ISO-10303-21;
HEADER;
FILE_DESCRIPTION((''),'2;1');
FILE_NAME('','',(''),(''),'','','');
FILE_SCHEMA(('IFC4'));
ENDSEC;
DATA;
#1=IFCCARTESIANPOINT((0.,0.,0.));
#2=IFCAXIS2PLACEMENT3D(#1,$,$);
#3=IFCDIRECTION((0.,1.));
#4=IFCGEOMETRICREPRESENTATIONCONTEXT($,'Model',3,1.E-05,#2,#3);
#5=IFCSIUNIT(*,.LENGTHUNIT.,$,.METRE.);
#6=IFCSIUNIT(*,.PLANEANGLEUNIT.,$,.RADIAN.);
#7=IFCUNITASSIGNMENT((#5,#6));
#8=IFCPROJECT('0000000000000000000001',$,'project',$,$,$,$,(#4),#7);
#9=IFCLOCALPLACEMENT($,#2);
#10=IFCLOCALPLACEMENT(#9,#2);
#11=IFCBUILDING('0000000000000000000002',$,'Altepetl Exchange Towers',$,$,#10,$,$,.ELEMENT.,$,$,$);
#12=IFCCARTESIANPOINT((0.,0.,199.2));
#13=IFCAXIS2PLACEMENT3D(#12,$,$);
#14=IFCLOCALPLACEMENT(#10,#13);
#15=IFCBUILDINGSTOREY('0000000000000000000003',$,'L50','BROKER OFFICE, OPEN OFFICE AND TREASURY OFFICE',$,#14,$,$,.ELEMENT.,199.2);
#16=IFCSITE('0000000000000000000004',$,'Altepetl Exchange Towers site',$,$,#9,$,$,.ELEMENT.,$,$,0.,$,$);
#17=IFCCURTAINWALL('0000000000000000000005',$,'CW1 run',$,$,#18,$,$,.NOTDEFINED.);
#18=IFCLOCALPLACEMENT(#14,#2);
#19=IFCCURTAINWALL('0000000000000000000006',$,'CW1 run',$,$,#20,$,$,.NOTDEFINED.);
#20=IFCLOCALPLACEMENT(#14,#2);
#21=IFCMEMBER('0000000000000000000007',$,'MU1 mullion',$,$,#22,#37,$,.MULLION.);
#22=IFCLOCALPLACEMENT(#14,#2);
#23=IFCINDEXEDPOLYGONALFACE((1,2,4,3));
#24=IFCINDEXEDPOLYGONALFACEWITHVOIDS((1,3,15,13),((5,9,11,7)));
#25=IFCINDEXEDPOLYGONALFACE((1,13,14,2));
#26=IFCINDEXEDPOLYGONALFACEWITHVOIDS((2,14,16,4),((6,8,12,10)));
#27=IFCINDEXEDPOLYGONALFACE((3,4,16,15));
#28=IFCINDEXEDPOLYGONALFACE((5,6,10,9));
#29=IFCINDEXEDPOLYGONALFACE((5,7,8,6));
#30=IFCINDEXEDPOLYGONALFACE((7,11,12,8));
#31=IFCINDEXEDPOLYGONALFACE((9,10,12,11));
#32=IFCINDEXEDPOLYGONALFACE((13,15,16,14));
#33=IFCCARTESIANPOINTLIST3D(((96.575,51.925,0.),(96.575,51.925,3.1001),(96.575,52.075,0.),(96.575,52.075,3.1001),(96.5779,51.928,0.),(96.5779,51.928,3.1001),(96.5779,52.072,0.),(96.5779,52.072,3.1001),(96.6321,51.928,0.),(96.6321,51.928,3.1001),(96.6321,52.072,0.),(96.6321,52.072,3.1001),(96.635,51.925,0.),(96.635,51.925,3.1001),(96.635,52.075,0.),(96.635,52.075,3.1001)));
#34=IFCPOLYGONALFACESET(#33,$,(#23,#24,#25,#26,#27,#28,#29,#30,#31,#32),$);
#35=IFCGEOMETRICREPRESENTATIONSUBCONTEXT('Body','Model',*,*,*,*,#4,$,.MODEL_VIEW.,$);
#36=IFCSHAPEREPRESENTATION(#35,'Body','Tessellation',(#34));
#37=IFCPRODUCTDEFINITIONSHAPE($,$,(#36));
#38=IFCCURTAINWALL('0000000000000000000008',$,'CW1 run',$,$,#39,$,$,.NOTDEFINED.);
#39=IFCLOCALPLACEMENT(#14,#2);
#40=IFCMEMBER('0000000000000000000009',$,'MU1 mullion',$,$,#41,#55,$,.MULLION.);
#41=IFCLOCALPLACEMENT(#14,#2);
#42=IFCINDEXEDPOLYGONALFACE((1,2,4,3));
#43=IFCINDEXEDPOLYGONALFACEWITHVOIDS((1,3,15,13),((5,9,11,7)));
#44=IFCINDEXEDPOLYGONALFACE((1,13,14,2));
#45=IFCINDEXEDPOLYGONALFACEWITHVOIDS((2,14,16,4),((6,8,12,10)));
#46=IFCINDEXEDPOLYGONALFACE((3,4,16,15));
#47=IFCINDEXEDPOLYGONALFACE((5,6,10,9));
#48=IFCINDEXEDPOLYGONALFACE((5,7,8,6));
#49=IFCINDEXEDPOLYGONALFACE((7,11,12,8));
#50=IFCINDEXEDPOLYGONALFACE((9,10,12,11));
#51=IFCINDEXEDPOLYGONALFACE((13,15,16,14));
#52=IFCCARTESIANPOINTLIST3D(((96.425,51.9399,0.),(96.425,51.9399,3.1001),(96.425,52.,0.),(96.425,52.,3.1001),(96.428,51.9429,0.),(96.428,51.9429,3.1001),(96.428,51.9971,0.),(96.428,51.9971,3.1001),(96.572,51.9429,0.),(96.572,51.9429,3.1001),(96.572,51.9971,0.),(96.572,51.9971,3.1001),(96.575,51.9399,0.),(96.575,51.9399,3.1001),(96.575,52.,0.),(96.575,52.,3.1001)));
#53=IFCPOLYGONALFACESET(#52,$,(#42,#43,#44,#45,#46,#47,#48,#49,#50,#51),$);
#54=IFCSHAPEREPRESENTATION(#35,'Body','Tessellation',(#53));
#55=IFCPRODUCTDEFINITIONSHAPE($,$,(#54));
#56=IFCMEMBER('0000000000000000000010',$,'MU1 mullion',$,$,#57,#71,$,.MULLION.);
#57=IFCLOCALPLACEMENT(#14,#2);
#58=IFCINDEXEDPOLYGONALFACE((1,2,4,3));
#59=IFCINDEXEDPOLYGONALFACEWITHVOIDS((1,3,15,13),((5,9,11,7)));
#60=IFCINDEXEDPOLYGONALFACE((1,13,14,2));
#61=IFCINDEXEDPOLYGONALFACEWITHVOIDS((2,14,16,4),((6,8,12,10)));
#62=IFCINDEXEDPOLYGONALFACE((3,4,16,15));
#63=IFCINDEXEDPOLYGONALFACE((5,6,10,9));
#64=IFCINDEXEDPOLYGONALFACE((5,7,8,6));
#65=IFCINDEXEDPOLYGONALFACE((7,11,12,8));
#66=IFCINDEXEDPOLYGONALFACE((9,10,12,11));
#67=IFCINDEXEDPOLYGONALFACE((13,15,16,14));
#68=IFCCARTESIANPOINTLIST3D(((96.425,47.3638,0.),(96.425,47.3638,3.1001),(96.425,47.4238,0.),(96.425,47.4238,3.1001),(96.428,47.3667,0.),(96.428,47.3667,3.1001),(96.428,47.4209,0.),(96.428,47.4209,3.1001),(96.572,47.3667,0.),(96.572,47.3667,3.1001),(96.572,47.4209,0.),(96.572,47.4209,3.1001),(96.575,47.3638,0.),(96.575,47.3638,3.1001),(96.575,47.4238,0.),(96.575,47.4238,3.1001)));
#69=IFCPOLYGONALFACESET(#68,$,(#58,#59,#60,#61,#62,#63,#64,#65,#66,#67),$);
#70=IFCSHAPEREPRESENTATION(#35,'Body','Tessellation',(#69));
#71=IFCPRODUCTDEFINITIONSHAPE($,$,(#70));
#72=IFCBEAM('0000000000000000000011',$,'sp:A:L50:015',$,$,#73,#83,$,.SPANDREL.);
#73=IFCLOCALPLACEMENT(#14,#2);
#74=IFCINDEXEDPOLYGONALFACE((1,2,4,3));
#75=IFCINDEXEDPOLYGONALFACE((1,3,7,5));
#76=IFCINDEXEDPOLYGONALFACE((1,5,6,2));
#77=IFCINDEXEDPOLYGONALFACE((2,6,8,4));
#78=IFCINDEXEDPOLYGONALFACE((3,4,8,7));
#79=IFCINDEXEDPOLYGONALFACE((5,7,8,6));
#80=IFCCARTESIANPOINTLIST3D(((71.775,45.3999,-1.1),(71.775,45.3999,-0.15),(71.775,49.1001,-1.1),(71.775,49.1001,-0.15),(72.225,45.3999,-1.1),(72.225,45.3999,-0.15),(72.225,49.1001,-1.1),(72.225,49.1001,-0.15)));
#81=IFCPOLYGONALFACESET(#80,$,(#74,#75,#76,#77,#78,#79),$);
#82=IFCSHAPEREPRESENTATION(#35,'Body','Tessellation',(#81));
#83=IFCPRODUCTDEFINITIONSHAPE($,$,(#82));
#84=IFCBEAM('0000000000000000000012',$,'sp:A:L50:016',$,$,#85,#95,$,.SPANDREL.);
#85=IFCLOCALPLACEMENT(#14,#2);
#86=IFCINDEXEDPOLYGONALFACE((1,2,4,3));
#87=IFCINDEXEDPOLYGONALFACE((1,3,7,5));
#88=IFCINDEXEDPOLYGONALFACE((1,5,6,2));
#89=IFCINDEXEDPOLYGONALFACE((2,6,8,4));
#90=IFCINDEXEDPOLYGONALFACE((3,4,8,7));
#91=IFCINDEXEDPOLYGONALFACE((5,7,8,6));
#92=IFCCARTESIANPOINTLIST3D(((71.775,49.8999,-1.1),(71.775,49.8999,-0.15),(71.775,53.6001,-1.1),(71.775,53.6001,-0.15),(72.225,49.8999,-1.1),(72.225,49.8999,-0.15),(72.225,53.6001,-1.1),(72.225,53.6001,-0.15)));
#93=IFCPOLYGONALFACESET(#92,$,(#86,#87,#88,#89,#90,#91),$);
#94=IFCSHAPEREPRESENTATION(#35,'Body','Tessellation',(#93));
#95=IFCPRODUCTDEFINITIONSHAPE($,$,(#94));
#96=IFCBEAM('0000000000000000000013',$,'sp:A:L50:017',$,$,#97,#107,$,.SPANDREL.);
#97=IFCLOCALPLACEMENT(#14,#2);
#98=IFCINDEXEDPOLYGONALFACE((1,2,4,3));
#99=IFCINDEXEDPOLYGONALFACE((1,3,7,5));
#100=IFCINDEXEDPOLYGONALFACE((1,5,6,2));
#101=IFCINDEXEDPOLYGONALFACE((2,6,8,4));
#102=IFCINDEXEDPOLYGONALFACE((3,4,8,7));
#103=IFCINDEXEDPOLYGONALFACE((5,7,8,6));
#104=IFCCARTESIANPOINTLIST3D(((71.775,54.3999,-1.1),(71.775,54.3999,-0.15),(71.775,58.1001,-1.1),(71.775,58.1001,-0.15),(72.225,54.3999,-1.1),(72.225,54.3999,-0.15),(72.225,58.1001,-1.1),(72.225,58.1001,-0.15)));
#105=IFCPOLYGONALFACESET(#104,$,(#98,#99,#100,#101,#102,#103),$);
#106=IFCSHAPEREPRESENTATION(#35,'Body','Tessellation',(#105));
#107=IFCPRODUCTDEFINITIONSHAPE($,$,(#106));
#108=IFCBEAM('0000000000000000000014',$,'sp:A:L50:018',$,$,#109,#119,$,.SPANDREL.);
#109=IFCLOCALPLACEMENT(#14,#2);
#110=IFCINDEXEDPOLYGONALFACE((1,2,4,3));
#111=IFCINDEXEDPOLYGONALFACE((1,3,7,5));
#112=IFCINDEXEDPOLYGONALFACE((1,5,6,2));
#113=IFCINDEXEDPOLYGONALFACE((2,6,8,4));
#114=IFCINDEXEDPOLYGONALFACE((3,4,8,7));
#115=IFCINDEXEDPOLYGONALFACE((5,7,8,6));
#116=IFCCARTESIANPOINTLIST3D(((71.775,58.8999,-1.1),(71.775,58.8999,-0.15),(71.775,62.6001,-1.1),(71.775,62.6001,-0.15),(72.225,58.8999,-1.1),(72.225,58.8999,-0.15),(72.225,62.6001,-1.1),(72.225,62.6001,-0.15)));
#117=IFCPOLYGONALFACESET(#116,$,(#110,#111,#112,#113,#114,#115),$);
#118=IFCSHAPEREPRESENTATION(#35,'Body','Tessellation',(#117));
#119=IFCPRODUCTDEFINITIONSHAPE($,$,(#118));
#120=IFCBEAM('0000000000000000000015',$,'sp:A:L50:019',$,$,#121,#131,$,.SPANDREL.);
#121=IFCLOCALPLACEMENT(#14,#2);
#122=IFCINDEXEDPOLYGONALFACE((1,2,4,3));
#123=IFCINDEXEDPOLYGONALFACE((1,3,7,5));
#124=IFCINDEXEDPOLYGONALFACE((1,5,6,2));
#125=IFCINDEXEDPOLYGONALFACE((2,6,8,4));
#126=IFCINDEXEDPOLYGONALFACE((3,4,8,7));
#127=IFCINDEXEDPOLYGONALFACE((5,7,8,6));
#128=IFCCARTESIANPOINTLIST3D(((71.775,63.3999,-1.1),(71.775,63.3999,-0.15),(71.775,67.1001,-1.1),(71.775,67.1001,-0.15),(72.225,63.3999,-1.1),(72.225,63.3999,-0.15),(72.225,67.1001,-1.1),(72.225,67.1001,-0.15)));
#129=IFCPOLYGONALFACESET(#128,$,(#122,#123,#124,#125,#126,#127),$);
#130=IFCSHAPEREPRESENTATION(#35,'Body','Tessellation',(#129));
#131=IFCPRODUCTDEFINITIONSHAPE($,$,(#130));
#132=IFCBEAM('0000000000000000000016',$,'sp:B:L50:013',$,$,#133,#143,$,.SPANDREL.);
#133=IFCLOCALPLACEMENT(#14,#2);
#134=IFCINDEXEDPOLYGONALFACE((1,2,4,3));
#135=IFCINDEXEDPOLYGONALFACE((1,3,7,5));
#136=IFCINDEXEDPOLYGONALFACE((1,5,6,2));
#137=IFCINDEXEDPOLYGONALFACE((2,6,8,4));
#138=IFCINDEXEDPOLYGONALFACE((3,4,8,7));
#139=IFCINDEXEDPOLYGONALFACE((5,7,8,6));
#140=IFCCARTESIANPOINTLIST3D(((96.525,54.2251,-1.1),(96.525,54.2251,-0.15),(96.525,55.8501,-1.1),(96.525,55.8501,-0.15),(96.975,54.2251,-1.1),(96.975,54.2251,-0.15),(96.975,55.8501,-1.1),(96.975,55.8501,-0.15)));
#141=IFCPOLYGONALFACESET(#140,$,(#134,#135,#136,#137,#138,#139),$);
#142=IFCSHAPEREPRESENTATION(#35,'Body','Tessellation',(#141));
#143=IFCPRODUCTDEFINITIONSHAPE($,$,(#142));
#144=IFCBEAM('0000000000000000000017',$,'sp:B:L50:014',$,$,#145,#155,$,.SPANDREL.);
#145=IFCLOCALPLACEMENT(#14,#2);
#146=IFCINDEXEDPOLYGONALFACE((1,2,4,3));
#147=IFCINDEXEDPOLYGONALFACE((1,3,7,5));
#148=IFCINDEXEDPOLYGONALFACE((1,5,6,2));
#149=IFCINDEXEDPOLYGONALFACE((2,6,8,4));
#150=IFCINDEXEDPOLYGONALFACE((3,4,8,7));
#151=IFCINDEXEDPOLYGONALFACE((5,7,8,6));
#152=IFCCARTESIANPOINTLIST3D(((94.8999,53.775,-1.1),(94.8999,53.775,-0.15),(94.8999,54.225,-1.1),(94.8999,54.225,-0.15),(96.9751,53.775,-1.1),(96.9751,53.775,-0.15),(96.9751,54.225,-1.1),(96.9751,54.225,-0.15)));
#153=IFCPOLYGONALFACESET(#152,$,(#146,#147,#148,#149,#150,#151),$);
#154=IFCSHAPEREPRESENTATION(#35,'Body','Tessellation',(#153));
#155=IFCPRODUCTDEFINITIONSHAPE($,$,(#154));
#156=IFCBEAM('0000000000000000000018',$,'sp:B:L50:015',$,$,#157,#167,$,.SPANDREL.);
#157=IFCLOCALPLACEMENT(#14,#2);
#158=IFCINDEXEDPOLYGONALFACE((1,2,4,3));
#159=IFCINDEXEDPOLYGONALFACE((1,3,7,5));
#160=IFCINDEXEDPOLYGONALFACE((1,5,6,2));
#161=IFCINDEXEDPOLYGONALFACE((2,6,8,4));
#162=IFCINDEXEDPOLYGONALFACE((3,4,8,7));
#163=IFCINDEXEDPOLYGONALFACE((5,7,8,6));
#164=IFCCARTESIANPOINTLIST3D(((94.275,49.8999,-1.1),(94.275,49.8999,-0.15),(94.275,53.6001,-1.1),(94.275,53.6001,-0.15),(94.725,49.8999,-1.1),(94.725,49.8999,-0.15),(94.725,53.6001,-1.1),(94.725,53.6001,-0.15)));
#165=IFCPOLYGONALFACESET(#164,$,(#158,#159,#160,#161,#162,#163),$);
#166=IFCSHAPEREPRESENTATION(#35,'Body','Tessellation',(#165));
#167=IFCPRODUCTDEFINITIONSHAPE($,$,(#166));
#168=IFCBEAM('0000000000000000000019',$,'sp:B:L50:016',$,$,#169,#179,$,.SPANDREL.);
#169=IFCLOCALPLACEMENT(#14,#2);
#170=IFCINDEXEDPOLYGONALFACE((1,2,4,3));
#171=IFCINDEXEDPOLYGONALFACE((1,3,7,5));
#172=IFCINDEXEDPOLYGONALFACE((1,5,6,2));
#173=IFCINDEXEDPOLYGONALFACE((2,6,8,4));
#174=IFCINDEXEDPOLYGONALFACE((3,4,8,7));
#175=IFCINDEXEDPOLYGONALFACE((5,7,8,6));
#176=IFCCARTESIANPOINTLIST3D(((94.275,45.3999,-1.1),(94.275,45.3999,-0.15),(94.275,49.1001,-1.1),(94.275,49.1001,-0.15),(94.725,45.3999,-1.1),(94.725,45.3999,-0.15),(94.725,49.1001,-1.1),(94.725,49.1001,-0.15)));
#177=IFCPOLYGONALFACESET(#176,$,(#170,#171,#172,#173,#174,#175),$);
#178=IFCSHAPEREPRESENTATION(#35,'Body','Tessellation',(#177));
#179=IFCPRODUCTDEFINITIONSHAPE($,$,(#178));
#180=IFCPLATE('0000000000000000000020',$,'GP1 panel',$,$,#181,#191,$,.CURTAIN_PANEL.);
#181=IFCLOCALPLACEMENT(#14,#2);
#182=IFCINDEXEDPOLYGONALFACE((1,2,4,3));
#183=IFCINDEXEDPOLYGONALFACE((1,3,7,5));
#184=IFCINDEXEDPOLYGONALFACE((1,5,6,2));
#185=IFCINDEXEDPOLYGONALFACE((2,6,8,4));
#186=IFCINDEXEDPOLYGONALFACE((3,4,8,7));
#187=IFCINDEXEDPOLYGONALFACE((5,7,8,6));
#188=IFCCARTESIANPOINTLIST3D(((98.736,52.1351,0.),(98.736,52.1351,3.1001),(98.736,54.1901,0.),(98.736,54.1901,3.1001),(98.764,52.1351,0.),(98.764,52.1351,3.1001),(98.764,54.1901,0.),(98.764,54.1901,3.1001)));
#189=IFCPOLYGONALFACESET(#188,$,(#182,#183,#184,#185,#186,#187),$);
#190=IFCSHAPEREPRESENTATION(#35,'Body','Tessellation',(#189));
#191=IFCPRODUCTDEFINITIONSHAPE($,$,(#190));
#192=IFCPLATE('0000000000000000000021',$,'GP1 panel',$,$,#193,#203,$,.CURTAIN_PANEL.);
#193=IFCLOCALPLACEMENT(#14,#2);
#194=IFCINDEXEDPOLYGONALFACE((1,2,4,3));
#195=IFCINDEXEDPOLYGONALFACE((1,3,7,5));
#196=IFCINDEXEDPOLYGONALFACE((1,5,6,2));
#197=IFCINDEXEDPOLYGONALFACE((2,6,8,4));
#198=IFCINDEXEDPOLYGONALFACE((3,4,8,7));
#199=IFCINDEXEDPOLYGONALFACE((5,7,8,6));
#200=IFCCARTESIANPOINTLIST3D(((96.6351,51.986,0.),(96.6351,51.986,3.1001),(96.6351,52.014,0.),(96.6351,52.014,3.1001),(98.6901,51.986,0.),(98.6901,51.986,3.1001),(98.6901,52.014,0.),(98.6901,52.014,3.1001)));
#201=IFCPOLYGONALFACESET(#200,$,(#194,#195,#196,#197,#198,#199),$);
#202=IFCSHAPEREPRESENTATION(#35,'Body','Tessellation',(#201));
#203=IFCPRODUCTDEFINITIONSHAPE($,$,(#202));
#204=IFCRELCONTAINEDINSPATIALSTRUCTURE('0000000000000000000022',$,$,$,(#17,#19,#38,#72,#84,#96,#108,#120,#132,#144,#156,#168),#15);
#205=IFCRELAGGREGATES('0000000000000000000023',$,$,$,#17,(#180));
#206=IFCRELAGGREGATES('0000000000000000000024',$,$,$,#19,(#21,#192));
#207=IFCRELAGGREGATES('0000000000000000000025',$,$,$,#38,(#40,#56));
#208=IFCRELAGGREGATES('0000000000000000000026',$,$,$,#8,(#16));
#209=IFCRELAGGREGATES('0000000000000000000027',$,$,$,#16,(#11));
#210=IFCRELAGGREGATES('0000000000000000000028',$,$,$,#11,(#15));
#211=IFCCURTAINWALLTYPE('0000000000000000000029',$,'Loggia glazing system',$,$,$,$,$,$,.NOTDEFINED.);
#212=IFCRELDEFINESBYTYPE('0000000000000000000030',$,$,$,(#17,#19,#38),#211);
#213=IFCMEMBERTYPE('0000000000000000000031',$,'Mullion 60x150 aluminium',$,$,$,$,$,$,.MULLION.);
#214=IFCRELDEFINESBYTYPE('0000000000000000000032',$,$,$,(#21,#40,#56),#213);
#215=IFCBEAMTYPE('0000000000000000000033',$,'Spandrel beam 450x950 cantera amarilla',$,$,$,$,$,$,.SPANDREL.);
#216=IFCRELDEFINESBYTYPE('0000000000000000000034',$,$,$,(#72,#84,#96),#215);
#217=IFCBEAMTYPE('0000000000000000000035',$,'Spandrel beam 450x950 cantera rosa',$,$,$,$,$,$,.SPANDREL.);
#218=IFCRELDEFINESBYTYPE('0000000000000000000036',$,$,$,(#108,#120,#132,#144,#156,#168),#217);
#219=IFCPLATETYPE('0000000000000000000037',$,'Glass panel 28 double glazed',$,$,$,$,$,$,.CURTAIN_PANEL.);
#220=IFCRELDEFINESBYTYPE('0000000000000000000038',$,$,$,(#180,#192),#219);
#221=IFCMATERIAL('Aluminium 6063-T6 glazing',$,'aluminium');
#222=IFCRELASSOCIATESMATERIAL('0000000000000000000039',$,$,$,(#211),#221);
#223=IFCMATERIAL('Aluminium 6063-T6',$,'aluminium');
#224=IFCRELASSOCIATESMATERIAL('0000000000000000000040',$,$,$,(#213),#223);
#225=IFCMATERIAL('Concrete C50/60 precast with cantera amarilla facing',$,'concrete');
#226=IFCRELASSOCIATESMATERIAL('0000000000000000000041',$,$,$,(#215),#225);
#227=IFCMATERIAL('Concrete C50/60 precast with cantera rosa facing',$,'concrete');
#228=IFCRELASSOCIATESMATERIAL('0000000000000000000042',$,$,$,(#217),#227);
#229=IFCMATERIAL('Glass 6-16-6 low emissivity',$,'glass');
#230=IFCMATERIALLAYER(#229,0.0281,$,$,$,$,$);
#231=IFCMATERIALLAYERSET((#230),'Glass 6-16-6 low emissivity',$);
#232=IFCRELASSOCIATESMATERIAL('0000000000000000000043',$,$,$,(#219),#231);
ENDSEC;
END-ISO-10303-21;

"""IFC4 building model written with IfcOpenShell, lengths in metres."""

from ifc_helpers import new_model, si_unit, direction, frame, origin, origin_2d, place, context, subcontext, project, spatial, rectangle, hollow_rectangle, extrude, material, layer, layer_set, material_profile, profile_set, type_object, element, aggregate, save


model = new_model("IFC4")

# Units and contexts
model_context = context("Model", 3, precision=1e-05, world=origin(), true_north=direction((0.0, 1.0)))
body_context = subcontext(model_context, "Body", "Model", "MODEL_VIEW")
ifc_project = project(units=[si_unit("LENGTHUNIT", "METRE"), si_unit("PLANEANGLEUNIT", "RADIAN")], contexts=[model_context])

# Site, building, storey
site_placement = place(None, origin())
site = spatial("IfcSite", under=ifc_project, at=site_placement, Name="Altepetl Exchange Towers site", CompositionType="ELEMENT", RefElevation=0.0)
building_placement = place(site_placement, origin())
building = spatial("IfcBuilding", under=site, at=building_placement, Name="Altepetl Exchange Towers", CompositionType="ELEMENT")
storey_placement = place(building_placement, frame((0.0, 0.0, 199.2)))
storey = spatial("IfcBuildingStorey", under=building, at=storey_placement, Name="L50", Description="BROKER OFFICE, OPEN OFFICE AND TREASURY OFFICE", CompositionType="ELEMENT", Elevation=199.2)

# Curtain walls, members
ifc_material_1 = material(Name="Aluminium 6063-T6 glazing", Category="aluminium")
curtain_wall_type = type_object("IfcCurtainWallType", Name="Loggia glazing system", PredefinedType="NOTDEFINED", material=ifc_material_1)
curtain_wall_1_placement = place(storey_placement, origin())
curtain_wall_1 = element("IfcCurtainWall", 1, at=curtain_wall_1_placement, inside=storey, type_object=curtain_wall_type, Name="CW1 run", PredefinedType="NOTDEFINED")
ifc_material_2 = material(Name="Aluminium 6063-T6", Category="aluminium")
ifc_material_profile_1 = material_profile(ifc_material_2, hollow_rectangle(XDim=0.0601, YDim=0.1499, WallThickness=0.0029, at=origin_2d()), Name="Mullion 60x150 aluminium")
ifc_profile_set_1 = profile_set([ifc_material_profile_1], Name="Aluminium 6063-T6")
member_type = type_object("IfcMemberType", Name="Mullion 60x150 aluminium", PredefinedType="MULLION", material=ifc_profile_set_1)
curtain_wall_2_placement = place(storey_placement, origin())
curtain_wall_2 = element("IfcCurtainWall", 2, at=curtain_wall_2_placement, inside=storey, type_object=curtain_wall_type, Name="CW1 run", PredefinedType="NOTDEFINED")
member_1_placement = place(storey_placement, frame((96.605, 52.0, 0.0), z_axis=(0.0, 0.0, 1.0), x_axis=(-1.0, 0.0, 0.0)))
member_1 = element("IfcMember", 3, at=member_1_placement, type_object=member_type, Name="MU1 mullion", PredefinedType="MULLION", context=body_context, shape_type="SweptSolid", body=[
    extrude(hollow_rectangle(XDim=0.0601, YDim=0.1499, WallThickness=0.0029, at=origin_2d()), origin(), (0.0, 0.0, 1.0), 3.1001),
])
curtain_wall_3_placement = place(storey_placement, origin())
curtain_wall_3 = element("IfcCurtainWall", 4, at=curtain_wall_3_placement, inside=storey, type_object=curtain_wall_type, Name="CW1 run", PredefinedType="NOTDEFINED")
member_2_placement = place(storey_placement, frame((96.5, 51.97, 0.0), z_axis=(0.0, 0.0, 1.0), x_axis=(0.0, -1.0, 0.0)))
member_2 = element("IfcMember", 5, at=member_2_placement, type_object=member_type, Name="MU1 mullion", PredefinedType="MULLION", context=body_context, shape_type="SweptSolid", body=[
    extrude(hollow_rectangle(XDim=0.0601, YDim=0.1499, WallThickness=0.0029, at=origin_2d()), origin(), (0.0, 0.0, 1.0), 3.1001),
])
member_3_placement = place(storey_placement, frame((96.5, 47.3938, 0.0), z_axis=(0.0, 0.0, 1.0), x_axis=(0.0, -1.0, 0.0)))
member_3 = element("IfcMember", 6, at=member_3_placement, type_object=member_type, Name="MU1 mullion", PredefinedType="MULLION", context=body_context, shape_type="SweptSolid", body=[
    extrude(hollow_rectangle(XDim=0.0601, YDim=0.1499, WallThickness=0.0029, at=origin_2d()), origin(), (0.0, 0.0, 1.0), 3.1001),
])

# Beams
ifc_material_3 = material(Name="Concrete C50/60 precast with cantera amarilla facing", Category="concrete")
ifc_material_profile_2 = material_profile(ifc_material_3, rectangle(XDim=0.45, YDim=0.95, at=origin_2d()), Name="450 x 950")
ifc_profile_set_2 = profile_set([ifc_material_profile_2], Name="Concrete C50/60 precast with cantera amarilla facing")
beam_type_1 = type_object("IfcBeamType", Name="Spandrel beam 450x950 cantera amarilla", PredefinedType="SPANDREL", material=ifc_profile_set_2)
for number, where, z_axis, x_axis, name in (
    (7, (72.0, 45.3999, -0.625), (0.0, 1.0, 0.0), (-1.0, 0.0, 0.0), "sp:A:L50:015"),
    (8, (72.0, 49.8999, -0.625), (0.0, 1.0, 0.0), (-1.0, 0.0, 0.0), "sp:A:L50:016"),
    (9, (72.0, 54.3999, -0.625), (0.0, 1.0, 0.0), (-1.0, 0.0, 0.0), "sp:A:L50:017"),
):
    element("IfcBeam", number, at=place(storey_placement, frame(where, z_axis=z_axis, x_axis=x_axis)), inside=storey, type_object=beam_type_1, Name=name, PredefinedType="SPANDREL", context=body_context, shape_type="SweptSolid", body=[
        extrude(rectangle(XDim=0.45, YDim=0.95, at=origin_2d()), origin(), (0.0, 0.0, 1.0), 3.7002),
    ])
ifc_material_4 = material(Name="Concrete C50/60 precast with cantera rosa facing", Category="concrete")
ifc_material_profile_3 = material_profile(ifc_material_4, rectangle(XDim=0.45, YDim=0.95, at=origin_2d()), Name="450 x 950")
ifc_profile_set_3 = profile_set([ifc_material_profile_3], Name="Concrete C50/60 precast with cantera rosa facing")
beam_type_2 = type_object("IfcBeamType", Name="Spandrel beam 450x950 cantera rosa", PredefinedType="SPANDREL", material=ifc_profile_set_3)
for number, where, z_axis, x_axis, name in (
    (10, (72.0, 58.8999, -0.625), (0.0, 1.0, 0.0), (-1.0, 0.0, 0.0), "sp:A:L50:018"),
    (11, (72.0, 63.3999, -0.625), (0.0, 1.0, 0.0), (-1.0, 0.0, 0.0), "sp:A:L50:019"),
):
    element("IfcBeam", number, at=place(storey_placement, frame(where, z_axis=z_axis, x_axis=x_axis)), inside=storey, type_object=beam_type_2, Name=name, PredefinedType="SPANDREL", context=body_context, shape_type="SweptSolid", body=[
        extrude(rectangle(XDim=0.45, YDim=0.95, at=origin_2d()), origin(), (0.0, 0.0, 1.0), 3.7002),
    ])
beam_1_placement = place(storey_placement, frame((96.75, 55.8501, -0.625), z_axis=(0.0, -1.0, 0.0), x_axis=(1.0, 0.0, 0.0)))
element("IfcBeam", 12, at=beam_1_placement, inside=storey, type_object=beam_type_2, Name="sp:B:L50:013", PredefinedType="SPANDREL", context=body_context, shape_type="SweptSolid", body=[
    extrude(rectangle(XDim=0.45, YDim=0.95, at=origin_2d()), origin(), (0.0, 0.0, 1.0), 1.625),
])
beam_2_placement = place(storey_placement, frame((96.9751, 54.0, -0.625), z_axis=(-1.0, 0.0, 0.0), x_axis=(0.0, -1.0, 0.0)))
element("IfcBeam", 13, at=beam_2_placement, inside=storey, type_object=beam_type_2, Name="sp:B:L50:014", PredefinedType="SPANDREL", context=body_context, shape_type="SweptSolid", body=[
    extrude(rectangle(XDim=0.45, YDim=0.95, at=origin_2d()), origin(), (0.0, 0.0, 1.0), 2.0752),
])
for number, where, z_axis, x_axis, name in (
    (14, (94.5, 53.6001, -0.625), (0.0, -1.0, 0.0), (1.0, 0.0, 0.0), "sp:B:L50:015"),
    (15, (94.5, 49.1001, -0.625), (0.0, -1.0, 0.0), (1.0, 0.0, 0.0), "sp:B:L50:016"),
):
    element("IfcBeam", number, at=place(storey_placement, frame(where, z_axis=z_axis, x_axis=x_axis)), inside=storey, type_object=beam_type_2, Name=name, PredefinedType="SPANDREL", context=body_context, shape_type="SweptSolid", body=[
        extrude(rectangle(XDim=0.45, YDim=0.95, at=origin_2d()), origin(), (0.0, 0.0, 1.0), 3.7002),
    ])

# Plates
ifc_material_5 = material(Name="Glass 6-16-6 low emissivity", Category="glass")
ifc_layer = layer(ifc_material_5, 0.0281)
ifc_layer_set = layer_set([ifc_layer], Name="Glass 6-16-6 low emissivity")
plate_type = type_object("IfcPlateType", Name="Glass panel 28 double glazed", PredefinedType="CURTAIN_PANEL", material=ifc_layer_set)
plate_1_placement = place(storey_placement, frame((98.75, 53.1626, 0.0), z_axis=(0.0, 0.0, 1.0), x_axis=(0.0, -1.0, 0.0)))
plate_1 = element("IfcPlate", 16, at=plate_1_placement, type_object=plate_type, Name="GP1 panel", PredefinedType="CURTAIN_PANEL", context=body_context, shape_type="SweptSolid", body=[
    extrude(rectangle(XDim=2.0549, YDim=0.0281, at=origin_2d()), origin(), (0.0, 0.0, 1.0), 3.1001),
])
aggregate(curtain_wall_1, [plate_1])
plate_2_placement = place(storey_placement, frame((97.6626, 52.0, 0.0), z_axis=(0.0, 0.0, 1.0), x_axis=(-1.0, 0.0, 0.0)))
plate_2 = element("IfcPlate", 17, at=plate_2_placement, type_object=plate_type, Name="GP1 panel", PredefinedType="CURTAIN_PANEL", context=body_context, shape_type="SweptSolid", body=[
    extrude(rectangle(XDim=2.0549, YDim=0.0281, at=origin_2d()), origin(), (0.0, 0.0, 1.0), 3.1001),
])
aggregate(curtain_wall_2, [member_1, plate_2])
aggregate(curtain_wall_3, [member_2, member_3])

save(model, "model.ifc")
